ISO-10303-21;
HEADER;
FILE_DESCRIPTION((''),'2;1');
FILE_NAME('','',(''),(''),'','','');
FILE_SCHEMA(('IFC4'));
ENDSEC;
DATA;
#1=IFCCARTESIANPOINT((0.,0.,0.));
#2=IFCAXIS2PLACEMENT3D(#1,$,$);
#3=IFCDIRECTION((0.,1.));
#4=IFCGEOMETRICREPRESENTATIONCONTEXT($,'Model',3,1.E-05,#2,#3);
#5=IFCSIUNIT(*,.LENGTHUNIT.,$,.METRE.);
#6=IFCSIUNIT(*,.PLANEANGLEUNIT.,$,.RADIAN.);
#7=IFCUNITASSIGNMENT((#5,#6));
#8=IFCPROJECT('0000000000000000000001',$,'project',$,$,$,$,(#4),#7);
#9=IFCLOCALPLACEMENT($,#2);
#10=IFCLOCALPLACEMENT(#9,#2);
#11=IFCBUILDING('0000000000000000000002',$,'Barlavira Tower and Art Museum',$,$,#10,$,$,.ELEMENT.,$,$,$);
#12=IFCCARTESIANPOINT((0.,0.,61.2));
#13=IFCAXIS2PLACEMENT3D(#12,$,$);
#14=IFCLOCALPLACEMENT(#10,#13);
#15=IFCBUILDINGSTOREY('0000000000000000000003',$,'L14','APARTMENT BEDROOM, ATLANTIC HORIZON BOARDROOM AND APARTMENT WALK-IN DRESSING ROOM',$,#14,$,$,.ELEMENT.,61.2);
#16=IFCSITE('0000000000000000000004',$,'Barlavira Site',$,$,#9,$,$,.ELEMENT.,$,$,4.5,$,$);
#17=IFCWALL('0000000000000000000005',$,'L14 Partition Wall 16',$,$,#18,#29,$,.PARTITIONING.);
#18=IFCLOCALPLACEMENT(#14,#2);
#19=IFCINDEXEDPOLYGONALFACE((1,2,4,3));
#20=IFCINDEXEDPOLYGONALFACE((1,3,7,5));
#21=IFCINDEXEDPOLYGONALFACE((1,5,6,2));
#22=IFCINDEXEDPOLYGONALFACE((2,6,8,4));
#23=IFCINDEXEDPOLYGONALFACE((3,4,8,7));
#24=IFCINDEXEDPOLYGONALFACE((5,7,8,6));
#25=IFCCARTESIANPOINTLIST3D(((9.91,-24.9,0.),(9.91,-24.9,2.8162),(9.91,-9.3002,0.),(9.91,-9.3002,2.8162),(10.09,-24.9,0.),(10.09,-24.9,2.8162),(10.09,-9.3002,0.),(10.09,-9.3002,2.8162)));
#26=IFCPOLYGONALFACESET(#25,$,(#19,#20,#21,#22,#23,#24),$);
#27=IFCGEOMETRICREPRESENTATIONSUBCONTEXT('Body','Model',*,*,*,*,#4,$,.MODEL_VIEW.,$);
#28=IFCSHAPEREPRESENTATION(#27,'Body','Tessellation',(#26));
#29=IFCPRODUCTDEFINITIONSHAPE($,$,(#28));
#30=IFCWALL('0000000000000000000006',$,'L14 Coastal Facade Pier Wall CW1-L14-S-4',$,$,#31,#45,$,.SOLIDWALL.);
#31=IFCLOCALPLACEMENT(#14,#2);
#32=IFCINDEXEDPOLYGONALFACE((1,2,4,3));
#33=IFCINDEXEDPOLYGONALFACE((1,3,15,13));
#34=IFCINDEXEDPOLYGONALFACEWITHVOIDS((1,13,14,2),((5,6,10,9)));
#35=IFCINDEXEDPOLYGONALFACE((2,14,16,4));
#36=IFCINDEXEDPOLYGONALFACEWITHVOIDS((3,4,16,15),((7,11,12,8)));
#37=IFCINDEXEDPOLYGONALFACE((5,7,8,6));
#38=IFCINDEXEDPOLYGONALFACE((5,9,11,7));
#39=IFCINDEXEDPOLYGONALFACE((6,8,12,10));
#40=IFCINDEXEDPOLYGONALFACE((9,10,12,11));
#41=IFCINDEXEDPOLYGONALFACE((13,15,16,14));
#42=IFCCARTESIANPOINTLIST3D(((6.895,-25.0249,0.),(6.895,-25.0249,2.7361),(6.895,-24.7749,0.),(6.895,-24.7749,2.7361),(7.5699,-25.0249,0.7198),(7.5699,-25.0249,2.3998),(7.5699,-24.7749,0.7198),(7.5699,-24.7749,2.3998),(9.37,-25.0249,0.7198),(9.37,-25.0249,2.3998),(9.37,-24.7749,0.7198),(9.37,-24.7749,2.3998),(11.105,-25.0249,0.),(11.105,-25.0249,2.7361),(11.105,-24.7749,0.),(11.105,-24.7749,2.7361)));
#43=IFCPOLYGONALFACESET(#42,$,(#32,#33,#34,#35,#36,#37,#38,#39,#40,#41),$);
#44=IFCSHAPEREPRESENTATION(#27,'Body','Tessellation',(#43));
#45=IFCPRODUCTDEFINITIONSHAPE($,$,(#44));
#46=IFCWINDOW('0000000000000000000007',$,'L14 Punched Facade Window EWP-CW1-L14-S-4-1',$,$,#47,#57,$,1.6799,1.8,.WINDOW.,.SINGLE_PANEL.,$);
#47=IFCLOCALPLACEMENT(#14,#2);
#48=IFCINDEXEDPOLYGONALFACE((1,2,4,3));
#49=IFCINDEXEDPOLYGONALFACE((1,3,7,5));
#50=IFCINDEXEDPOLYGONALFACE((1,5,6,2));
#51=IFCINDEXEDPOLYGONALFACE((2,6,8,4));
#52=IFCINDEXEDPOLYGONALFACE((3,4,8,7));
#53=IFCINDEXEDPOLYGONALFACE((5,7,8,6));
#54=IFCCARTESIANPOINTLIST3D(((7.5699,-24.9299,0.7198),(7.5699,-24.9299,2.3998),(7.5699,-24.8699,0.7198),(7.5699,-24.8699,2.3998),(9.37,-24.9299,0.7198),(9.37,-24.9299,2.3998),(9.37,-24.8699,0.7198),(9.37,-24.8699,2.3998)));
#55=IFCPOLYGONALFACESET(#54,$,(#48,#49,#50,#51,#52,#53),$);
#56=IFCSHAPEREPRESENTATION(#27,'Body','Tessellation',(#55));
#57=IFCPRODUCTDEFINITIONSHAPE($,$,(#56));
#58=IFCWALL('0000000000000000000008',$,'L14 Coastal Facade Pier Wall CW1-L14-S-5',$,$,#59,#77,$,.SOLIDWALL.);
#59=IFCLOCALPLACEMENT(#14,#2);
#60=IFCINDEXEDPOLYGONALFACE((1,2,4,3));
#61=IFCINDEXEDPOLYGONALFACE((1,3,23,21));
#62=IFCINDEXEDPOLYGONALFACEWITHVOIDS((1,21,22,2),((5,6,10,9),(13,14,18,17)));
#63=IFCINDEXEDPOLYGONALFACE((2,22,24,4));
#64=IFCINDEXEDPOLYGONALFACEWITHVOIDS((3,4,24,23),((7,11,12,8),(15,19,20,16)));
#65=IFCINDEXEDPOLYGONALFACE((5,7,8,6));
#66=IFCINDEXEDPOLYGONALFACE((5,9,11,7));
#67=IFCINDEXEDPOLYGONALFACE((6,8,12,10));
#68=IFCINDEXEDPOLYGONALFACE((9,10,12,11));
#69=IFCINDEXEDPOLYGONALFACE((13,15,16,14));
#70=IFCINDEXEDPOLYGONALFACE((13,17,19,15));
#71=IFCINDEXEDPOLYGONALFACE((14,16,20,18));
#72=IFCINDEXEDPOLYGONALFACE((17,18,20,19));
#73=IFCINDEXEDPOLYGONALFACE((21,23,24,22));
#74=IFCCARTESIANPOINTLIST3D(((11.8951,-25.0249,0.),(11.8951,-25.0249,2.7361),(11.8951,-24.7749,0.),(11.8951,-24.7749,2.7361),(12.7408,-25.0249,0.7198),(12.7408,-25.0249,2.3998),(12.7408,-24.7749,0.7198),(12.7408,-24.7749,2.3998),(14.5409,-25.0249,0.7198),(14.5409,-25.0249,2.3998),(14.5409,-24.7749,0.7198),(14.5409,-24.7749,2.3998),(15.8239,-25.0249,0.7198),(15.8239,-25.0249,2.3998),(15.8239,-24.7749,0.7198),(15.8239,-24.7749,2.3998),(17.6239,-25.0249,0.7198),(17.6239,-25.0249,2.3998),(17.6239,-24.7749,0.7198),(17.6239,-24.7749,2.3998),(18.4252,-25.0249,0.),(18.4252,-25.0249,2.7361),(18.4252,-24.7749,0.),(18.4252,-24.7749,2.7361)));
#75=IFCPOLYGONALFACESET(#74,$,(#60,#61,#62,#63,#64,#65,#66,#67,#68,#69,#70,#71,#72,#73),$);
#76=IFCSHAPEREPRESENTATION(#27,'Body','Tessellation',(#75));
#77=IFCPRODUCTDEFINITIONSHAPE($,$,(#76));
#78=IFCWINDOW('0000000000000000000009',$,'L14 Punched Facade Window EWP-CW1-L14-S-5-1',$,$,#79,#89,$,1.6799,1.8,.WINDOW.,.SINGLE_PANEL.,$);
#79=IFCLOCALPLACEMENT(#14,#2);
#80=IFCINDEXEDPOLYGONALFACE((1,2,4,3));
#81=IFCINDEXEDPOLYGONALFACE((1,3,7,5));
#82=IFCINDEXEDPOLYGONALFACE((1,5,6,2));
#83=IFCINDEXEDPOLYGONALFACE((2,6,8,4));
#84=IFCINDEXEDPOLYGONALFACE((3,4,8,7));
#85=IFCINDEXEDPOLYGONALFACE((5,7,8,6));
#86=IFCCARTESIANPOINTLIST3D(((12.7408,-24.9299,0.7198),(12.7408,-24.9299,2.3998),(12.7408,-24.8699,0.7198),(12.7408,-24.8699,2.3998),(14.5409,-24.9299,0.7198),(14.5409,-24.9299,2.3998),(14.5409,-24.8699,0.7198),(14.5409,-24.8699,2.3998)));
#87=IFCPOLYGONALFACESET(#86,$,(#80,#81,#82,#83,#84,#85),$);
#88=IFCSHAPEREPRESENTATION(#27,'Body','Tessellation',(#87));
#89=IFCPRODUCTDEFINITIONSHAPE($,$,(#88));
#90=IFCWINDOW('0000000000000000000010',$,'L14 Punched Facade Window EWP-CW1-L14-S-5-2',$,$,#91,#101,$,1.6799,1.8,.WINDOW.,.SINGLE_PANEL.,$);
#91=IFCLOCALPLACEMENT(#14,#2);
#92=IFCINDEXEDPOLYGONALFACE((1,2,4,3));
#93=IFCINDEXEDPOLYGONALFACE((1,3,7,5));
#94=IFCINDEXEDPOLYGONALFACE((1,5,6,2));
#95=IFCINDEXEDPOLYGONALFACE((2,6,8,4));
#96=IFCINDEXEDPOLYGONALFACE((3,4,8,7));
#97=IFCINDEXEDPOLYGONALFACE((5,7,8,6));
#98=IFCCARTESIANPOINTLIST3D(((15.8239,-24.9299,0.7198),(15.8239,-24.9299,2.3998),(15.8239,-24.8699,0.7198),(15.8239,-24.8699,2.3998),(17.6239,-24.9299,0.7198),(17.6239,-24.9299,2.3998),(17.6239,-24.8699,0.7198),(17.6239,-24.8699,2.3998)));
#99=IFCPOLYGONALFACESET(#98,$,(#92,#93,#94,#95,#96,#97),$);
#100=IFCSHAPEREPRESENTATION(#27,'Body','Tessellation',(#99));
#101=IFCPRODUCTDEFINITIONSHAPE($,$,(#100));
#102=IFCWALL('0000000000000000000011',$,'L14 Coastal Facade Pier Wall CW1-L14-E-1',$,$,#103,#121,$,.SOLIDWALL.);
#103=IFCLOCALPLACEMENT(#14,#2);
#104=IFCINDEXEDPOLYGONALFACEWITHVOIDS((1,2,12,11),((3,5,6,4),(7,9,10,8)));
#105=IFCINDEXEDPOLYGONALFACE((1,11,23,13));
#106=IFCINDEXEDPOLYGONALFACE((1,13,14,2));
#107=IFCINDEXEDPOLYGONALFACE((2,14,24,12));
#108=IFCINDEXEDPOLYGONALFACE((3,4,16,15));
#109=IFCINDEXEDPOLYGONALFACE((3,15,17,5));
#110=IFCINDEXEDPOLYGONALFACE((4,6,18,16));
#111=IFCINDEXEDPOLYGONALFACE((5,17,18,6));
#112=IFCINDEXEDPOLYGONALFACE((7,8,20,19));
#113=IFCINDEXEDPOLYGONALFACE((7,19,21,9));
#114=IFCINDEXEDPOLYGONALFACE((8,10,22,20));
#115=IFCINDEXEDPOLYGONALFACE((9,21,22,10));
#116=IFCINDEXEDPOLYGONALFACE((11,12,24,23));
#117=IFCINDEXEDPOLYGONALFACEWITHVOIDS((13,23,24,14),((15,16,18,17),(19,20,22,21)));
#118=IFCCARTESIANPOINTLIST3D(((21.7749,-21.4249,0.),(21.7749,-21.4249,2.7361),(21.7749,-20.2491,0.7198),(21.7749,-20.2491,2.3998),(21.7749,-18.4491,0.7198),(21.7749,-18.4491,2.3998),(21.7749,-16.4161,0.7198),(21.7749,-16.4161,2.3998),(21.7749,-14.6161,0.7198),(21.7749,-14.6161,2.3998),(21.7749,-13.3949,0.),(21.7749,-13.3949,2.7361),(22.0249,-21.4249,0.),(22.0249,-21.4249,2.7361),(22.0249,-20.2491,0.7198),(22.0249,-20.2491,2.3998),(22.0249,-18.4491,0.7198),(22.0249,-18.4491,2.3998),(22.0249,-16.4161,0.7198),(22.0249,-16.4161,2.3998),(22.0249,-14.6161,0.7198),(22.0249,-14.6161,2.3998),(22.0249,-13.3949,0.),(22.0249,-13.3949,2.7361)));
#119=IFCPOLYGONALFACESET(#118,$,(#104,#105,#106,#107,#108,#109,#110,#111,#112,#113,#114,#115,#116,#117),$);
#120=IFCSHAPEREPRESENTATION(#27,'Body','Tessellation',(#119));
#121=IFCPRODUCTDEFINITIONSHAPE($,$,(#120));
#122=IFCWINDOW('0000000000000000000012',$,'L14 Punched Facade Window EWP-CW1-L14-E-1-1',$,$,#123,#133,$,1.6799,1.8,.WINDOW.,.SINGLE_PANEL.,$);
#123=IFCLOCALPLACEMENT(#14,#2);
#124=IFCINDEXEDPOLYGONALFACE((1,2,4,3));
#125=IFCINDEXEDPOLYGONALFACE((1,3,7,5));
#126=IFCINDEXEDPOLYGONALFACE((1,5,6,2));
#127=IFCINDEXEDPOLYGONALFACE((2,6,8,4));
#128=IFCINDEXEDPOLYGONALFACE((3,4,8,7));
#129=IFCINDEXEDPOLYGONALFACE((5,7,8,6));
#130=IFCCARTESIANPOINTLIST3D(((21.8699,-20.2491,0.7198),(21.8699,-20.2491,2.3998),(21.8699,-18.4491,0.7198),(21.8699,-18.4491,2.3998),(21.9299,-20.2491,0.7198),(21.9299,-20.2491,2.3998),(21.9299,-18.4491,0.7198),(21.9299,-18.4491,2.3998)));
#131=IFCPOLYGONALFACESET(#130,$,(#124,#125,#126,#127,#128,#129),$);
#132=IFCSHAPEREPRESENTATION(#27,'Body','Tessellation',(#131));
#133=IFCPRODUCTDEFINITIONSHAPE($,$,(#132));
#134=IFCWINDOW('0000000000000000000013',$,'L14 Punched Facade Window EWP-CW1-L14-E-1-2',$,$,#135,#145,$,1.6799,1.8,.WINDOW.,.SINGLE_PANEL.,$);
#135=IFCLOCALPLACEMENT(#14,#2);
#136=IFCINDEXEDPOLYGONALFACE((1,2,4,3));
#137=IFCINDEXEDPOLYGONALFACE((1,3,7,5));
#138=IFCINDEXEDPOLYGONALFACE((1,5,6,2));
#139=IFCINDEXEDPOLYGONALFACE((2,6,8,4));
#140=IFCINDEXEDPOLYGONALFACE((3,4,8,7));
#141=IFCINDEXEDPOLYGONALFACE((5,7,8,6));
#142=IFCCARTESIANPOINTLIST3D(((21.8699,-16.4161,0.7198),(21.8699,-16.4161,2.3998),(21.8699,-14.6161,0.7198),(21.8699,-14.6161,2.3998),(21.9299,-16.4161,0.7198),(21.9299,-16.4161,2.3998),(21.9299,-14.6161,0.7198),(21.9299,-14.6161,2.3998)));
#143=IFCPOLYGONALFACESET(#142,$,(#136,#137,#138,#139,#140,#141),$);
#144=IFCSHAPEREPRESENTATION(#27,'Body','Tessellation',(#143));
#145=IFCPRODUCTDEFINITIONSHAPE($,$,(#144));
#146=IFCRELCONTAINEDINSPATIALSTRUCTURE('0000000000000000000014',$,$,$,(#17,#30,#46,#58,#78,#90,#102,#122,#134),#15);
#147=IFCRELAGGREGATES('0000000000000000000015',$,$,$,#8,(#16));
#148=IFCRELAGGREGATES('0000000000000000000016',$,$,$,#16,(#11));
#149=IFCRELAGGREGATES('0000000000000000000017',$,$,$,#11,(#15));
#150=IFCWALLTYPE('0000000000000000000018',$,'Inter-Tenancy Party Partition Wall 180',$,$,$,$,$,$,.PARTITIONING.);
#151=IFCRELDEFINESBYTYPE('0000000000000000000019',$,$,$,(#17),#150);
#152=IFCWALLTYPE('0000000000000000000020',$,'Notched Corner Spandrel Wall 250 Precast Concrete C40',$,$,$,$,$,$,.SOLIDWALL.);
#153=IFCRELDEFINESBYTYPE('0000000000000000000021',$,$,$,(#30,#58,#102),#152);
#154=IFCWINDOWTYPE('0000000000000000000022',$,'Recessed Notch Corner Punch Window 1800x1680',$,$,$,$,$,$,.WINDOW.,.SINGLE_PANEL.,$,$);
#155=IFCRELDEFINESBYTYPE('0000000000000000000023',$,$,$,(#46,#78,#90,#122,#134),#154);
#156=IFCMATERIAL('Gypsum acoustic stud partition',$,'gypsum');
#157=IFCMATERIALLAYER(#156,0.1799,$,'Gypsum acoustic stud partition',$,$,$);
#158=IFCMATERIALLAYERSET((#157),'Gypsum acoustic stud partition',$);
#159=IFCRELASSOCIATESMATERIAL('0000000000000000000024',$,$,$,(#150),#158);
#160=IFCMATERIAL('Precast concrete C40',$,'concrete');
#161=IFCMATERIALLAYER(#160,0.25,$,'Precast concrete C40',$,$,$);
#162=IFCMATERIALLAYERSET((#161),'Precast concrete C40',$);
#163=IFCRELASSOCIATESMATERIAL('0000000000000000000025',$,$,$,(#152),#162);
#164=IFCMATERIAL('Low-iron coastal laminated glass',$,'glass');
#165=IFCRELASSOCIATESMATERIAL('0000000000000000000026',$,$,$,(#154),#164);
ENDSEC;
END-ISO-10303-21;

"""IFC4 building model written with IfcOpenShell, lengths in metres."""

from ifc_helpers import new_model, si_unit, direction, frame, frame_2d, origin, place, context, subcontext, project, spatial, rectangle, extrude, material, layer, layer_set, type_object, element, fill, save


model = new_model("IFC4")

# Units and contexts
model_context = context("Model", 3, precision=1e-05, world=origin(), true_north=direction((0.0, 1.0)))
body_context = subcontext(model_context, "Body", "Model", "MODEL_VIEW")
ifc_project = project(units=[si_unit("LENGTHUNIT", "METRE"), si_unit("PLANEANGLEUNIT", "RADIAN")], contexts=[model_context])

# Site, building, storey
site_placement = place(None, origin())
site = spatial("IfcSite", under=ifc_project, at=site_placement, Name="Barlavira Site", CompositionType="ELEMENT", RefElevation=4.5)
building_placement = place(site_placement, origin())
building = spatial("IfcBuilding", under=site, at=building_placement, Name="Barlavira Tower and Art Museum", CompositionType="ELEMENT")
storey_placement = place(building_placement, frame((0.0, 0.0, 61.2)))
storey = spatial("IfcBuildingStorey", under=building, at=storey_placement, Name="L14", Description="APARTMENT BEDROOM, ATLANTIC HORIZON BOARDROOM AND APARTMENT WALK-IN DRESSING ROOM", CompositionType="ELEMENT", Elevation=61.2)

# Wall
ifc_material_1 = material(Name="Gypsum acoustic stud partition", Category="gypsum")
ifc_layer_1 = layer(ifc_material_1, 0.1799, Name="Gypsum acoustic stud partition")
ifc_layer_set_1 = layer_set([ifc_layer_1], Name="Gypsum acoustic stud partition")
wall_type_1 = type_object("IfcWallType", Name="Inter-Tenancy Party Partition Wall 180", PredefinedType="PARTITIONING", material=ifc_layer_set_1)
wall_1_placement = place(storey_placement, frame((10.0, -24.8999, 0.0), z_axis=(0.0, 0.0, 1.0), x_axis=(0.0, 1.0, 0.0)))
element("IfcWall", 1, at=wall_1_placement, inside=storey, type_object=wall_type_1, Name="L14 Partition Wall 16", PredefinedType="PARTITIONING", context=body_context, shape_type="SweptSolid", body=[
    extrude(rectangle(XDim=15.5999, YDim=0.1799, at=frame_2d((7.7998, 0.0))), origin(), (0.0, 0.0, 1.0), 2.8162),
])

# Wall, opening, window
ifc_material_2 = material(Name="Precast concrete C40", Category="concrete")
ifc_layer_2 = layer(ifc_material_2, 0.25, Name="Precast concrete C40")
ifc_layer_set_2 = layer_set([ifc_layer_2], Name="Precast concrete C40")
wall_type_2 = type_object("IfcWallType", Name="Notched Corner Spandrel Wall 250 Precast Concrete C40", PredefinedType="SOLIDWALL", material=ifc_layer_set_2)
wall_2_placement = place(storey_placement, frame((6.895, -24.8999, 0.0), z_axis=(0.0, 0.0, 1.0), x_axis=(1.0, 0.0, 0.0)))
wall_2 = element("IfcWall", 2, at=wall_2_placement, inside=storey, type_object=wall_type_2, Name="L14 Coastal Facade Pier Wall CW1-L14-S-4", PredefinedType="SOLIDWALL", context=body_context, shape_type="SweptSolid", body=[
    extrude(rectangle(XDim=4.21, YDim=0.25, at=frame_2d((2.105, 0.0))), origin(), (0.0, 0.0, 1.0), 2.7361),
])
opening_1_placement = place(wall_2_placement, frame((0.675, 0.0, 0.72)))
opening_1 = element("IfcOpeningElement", 3, at=opening_1_placement, cuts=wall_2, PredefinedType="OPENING", context=body_context, shape_type="SweptSolid", body=[
    extrude(rectangle(XDim=1.8, YDim=1.6799, at=frame_2d((0.8999, 0.8398))), frame((0.0, 0.135, 0.0), z_axis=(0.0, -1.0, 0.0), x_axis=(1.0, 0.0, 0.0)), (0.0, 0.0, 1.0), 0.27),
])
ifc_material_3 = material(Name="Low-iron coastal laminated glass", Category="glass")
window_type = type_object("IfcWindowType", Name="Recessed Notch Corner Punch Window 1800x1680", PartitioningType="SINGLE_PANEL", PredefinedType="WINDOW", material=ifc_material_3)
window_1_placement = place(opening_1_placement, origin())
window_1 = element("IfcWindow", 4, at=window_1_placement, inside=storey, type_object=window_type, Name="L14 Punched Facade Window EWP-CW1-L14-S-4-1", OverallHeight=1.6799, OverallWidth=1.8, PartitioningType="SINGLE_PANEL", PredefinedType="WINDOW", context=body_context, shape_type="SweptSolid", body=[
    extrude(rectangle(XDim=1.8, YDim=1.6799, at=frame_2d((0.8999, 0.8398))), frame((0.0, 0.03, 0.0), z_axis=(0.0, -1.0, 0.0), x_axis=(1.0, 0.0, 0.0)), (0.0, 0.0, 1.0), 0.0601),
])
fill(opening_1, window_1)

# Walls, openings, windows
wall_3_placement = place(storey_placement, frame((11.895, -24.8999, 0.0), z_axis=(0.0, 0.0, 1.0), x_axis=(1.0, 0.0, 0.0)))
wall_3 = element("IfcWall", 5, at=wall_3_placement, inside=storey, type_object=wall_type_2, Name="L14 Coastal Facade Pier Wall CW1-L14-S-5", PredefinedType="SOLIDWALL", context=body_context, shape_type="SweptSolid", body=[
    extrude(rectangle(XDim=6.53, YDim=0.25, at=frame_2d((3.2651, 0.0))), origin(), (0.0, 0.0, 1.0), 2.7361),
])
opening_2_placement = place(wall_3_placement, frame((0.8459, 0.0, 0.72)))
opening_2 = element("IfcOpeningElement", 6, at=opening_2_placement, cuts=wall_3, PredefinedType="OPENING", context=body_context, shape_type="SweptSolid", body=[
    extrude(rectangle(XDim=1.8, YDim=1.6799, at=frame_2d((0.8999, 0.8398))), frame((0.0, 0.135, 0.0), z_axis=(0.0, -1.0, 0.0), x_axis=(1.0, 0.0, 0.0)), (0.0, 0.0, 1.0), 0.27),
])
opening_3_placement = place(wall_3_placement, frame((3.929, 0.0, 0.72)))
opening_3 = element("IfcOpeningElement", 7, at=opening_3_placement, cuts=wall_3, PredefinedType="OPENING", context=body_context, shape_type="SweptSolid", body=[
    extrude(rectangle(XDim=1.8, YDim=1.6799, at=frame_2d((0.8999, 0.8398))), frame((0.0, 0.135, 0.0), z_axis=(0.0, -1.0, 0.0), x_axis=(1.0, 0.0, 0.0)), (0.0, 0.0, 1.0), 0.27),
])
window_2_placement = place(opening_2_placement, origin())
window_2 = element("IfcWindow", 8, at=window_2_placement, inside=storey, type_object=window_type, Name="L14 Punched Facade Window EWP-CW1-L14-S-5-1", OverallHeight=1.6799, OverallWidth=1.8, PartitioningType="SINGLE_PANEL", PredefinedType="WINDOW", context=body_context, shape_type="SweptSolid", body=[
    extrude(rectangle(XDim=1.8, YDim=1.6799, at=frame_2d((0.8999, 0.8398))), frame((0.0, 0.03, 0.0), z_axis=(0.0, -1.0, 0.0), x_axis=(1.0, 0.0, 0.0)), (0.0, 0.0, 1.0), 0.0601),
])
fill(opening_2, window_2)
window_3_placement = place(opening_3_placement, origin())
window_3 = element("IfcWindow", 9, at=window_3_placement, inside=storey, type_object=window_type, Name="L14 Punched Facade Window EWP-CW1-L14-S-5-2", OverallHeight=1.6799, OverallWidth=1.8, PartitioningType="SINGLE_PANEL", PredefinedType="WINDOW", context=body_context, shape_type="SweptSolid", body=[
    extrude(rectangle(XDim=1.8, YDim=1.6799, at=frame_2d((0.8999, 0.8398))), frame((0.0, 0.03, 0.0), z_axis=(0.0, -1.0, 0.0), x_axis=(1.0, 0.0, 0.0)), (0.0, 0.0, 1.0), 0.0601),
])
fill(opening_3, window_3)
wall_4_placement = place(storey_placement, frame((21.8999, -21.425, 0.0), z_axis=(0.0, 0.0, 1.0), x_axis=(0.0, 1.0, 0.0)))
wall_4 = element("IfcWall", 10, at=wall_4_placement, inside=storey, type_object=wall_type_2, Name="L14 Coastal Facade Pier Wall CW1-L14-E-1", PredefinedType="SOLIDWALL", context=body_context, shape_type="SweptSolid", body=[
    extrude(rectangle(XDim=8.03, YDim=0.25, at=frame_2d((4.0151, 0.0))), origin(), (0.0, 0.0, 1.0), 2.7361),
])
opening_4_placement = place(wall_4_placement, frame((1.176, 0.0, 0.72)))
opening_4 = element("IfcOpeningElement", 11, at=opening_4_placement, cuts=wall_4, PredefinedType="OPENING", context=body_context, shape_type="SweptSolid", body=[
    extrude(rectangle(XDim=1.8, YDim=1.6799, at=frame_2d((0.8999, 0.8398))), frame((0.0, 0.135, 0.0), z_axis=(0.0, -1.0, 0.0), x_axis=(1.0, 0.0, 0.0)), (0.0, 0.0, 1.0), 0.27),
])
opening_5_placement = place(wall_4_placement, frame((5.009, 0.0, 0.72)))
opening_5 = element("IfcOpeningElement", 12, at=opening_5_placement, cuts=wall_4, PredefinedType="OPENING", context=body_context, shape_type="SweptSolid", body=[
    extrude(rectangle(XDim=1.8, YDim=1.6799, at=frame_2d((0.8999, 0.8398))), frame((0.0, 0.135, 0.0), z_axis=(0.0, -1.0, 0.0), x_axis=(1.0, 0.0, 0.0)), (0.0, 0.0, 1.0), 0.27),
])
window_4_placement = place(opening_4_placement, origin())
window_4 = element("IfcWindow", 13, at=window_4_placement, inside=storey, type_object=window_type, Name="L14 Punched Facade Window EWP-CW1-L14-E-1-1", OverallHeight=1.6799, OverallWidth=1.8, PartitioningType="SINGLE_PANEL", PredefinedType="WINDOW", context=body_context, shape_type="SweptSolid", body=[
    extrude(rectangle(XDim=1.8, YDim=1.6799, at=frame_2d((0.8999, 0.8398))), frame((0.0, 0.03, 0.0), z_axis=(0.0, -1.0, 0.0), x_axis=(1.0, 0.0, 0.0)), (0.0, 0.0, 1.0), 0.0601),
])
fill(opening_4, window_4)
window_5_placement = place(opening_5_placement, origin())
window_5 = element("IfcWindow", 14, at=window_5_placement, inside=storey, type_object=window_type, Name="L14 Punched Facade Window EWP-CW1-L14-E-1-2", OverallHeight=1.6799, OverallWidth=1.8, PartitioningType="SINGLE_PANEL", PredefinedType="WINDOW", context=body_context, shape_type="SweptSolid", body=[
    extrude(rectangle(XDim=1.8, YDim=1.6799, at=frame_2d((0.8999, 0.8398))), frame((0.0, 0.03, 0.0), z_axis=(0.0, -1.0, 0.0), x_axis=(1.0, 0.0, 0.0)), (0.0, 0.0, 1.0), 0.0601),
])
fill(opening_5, window_5)

save(model, "model.ifc")
